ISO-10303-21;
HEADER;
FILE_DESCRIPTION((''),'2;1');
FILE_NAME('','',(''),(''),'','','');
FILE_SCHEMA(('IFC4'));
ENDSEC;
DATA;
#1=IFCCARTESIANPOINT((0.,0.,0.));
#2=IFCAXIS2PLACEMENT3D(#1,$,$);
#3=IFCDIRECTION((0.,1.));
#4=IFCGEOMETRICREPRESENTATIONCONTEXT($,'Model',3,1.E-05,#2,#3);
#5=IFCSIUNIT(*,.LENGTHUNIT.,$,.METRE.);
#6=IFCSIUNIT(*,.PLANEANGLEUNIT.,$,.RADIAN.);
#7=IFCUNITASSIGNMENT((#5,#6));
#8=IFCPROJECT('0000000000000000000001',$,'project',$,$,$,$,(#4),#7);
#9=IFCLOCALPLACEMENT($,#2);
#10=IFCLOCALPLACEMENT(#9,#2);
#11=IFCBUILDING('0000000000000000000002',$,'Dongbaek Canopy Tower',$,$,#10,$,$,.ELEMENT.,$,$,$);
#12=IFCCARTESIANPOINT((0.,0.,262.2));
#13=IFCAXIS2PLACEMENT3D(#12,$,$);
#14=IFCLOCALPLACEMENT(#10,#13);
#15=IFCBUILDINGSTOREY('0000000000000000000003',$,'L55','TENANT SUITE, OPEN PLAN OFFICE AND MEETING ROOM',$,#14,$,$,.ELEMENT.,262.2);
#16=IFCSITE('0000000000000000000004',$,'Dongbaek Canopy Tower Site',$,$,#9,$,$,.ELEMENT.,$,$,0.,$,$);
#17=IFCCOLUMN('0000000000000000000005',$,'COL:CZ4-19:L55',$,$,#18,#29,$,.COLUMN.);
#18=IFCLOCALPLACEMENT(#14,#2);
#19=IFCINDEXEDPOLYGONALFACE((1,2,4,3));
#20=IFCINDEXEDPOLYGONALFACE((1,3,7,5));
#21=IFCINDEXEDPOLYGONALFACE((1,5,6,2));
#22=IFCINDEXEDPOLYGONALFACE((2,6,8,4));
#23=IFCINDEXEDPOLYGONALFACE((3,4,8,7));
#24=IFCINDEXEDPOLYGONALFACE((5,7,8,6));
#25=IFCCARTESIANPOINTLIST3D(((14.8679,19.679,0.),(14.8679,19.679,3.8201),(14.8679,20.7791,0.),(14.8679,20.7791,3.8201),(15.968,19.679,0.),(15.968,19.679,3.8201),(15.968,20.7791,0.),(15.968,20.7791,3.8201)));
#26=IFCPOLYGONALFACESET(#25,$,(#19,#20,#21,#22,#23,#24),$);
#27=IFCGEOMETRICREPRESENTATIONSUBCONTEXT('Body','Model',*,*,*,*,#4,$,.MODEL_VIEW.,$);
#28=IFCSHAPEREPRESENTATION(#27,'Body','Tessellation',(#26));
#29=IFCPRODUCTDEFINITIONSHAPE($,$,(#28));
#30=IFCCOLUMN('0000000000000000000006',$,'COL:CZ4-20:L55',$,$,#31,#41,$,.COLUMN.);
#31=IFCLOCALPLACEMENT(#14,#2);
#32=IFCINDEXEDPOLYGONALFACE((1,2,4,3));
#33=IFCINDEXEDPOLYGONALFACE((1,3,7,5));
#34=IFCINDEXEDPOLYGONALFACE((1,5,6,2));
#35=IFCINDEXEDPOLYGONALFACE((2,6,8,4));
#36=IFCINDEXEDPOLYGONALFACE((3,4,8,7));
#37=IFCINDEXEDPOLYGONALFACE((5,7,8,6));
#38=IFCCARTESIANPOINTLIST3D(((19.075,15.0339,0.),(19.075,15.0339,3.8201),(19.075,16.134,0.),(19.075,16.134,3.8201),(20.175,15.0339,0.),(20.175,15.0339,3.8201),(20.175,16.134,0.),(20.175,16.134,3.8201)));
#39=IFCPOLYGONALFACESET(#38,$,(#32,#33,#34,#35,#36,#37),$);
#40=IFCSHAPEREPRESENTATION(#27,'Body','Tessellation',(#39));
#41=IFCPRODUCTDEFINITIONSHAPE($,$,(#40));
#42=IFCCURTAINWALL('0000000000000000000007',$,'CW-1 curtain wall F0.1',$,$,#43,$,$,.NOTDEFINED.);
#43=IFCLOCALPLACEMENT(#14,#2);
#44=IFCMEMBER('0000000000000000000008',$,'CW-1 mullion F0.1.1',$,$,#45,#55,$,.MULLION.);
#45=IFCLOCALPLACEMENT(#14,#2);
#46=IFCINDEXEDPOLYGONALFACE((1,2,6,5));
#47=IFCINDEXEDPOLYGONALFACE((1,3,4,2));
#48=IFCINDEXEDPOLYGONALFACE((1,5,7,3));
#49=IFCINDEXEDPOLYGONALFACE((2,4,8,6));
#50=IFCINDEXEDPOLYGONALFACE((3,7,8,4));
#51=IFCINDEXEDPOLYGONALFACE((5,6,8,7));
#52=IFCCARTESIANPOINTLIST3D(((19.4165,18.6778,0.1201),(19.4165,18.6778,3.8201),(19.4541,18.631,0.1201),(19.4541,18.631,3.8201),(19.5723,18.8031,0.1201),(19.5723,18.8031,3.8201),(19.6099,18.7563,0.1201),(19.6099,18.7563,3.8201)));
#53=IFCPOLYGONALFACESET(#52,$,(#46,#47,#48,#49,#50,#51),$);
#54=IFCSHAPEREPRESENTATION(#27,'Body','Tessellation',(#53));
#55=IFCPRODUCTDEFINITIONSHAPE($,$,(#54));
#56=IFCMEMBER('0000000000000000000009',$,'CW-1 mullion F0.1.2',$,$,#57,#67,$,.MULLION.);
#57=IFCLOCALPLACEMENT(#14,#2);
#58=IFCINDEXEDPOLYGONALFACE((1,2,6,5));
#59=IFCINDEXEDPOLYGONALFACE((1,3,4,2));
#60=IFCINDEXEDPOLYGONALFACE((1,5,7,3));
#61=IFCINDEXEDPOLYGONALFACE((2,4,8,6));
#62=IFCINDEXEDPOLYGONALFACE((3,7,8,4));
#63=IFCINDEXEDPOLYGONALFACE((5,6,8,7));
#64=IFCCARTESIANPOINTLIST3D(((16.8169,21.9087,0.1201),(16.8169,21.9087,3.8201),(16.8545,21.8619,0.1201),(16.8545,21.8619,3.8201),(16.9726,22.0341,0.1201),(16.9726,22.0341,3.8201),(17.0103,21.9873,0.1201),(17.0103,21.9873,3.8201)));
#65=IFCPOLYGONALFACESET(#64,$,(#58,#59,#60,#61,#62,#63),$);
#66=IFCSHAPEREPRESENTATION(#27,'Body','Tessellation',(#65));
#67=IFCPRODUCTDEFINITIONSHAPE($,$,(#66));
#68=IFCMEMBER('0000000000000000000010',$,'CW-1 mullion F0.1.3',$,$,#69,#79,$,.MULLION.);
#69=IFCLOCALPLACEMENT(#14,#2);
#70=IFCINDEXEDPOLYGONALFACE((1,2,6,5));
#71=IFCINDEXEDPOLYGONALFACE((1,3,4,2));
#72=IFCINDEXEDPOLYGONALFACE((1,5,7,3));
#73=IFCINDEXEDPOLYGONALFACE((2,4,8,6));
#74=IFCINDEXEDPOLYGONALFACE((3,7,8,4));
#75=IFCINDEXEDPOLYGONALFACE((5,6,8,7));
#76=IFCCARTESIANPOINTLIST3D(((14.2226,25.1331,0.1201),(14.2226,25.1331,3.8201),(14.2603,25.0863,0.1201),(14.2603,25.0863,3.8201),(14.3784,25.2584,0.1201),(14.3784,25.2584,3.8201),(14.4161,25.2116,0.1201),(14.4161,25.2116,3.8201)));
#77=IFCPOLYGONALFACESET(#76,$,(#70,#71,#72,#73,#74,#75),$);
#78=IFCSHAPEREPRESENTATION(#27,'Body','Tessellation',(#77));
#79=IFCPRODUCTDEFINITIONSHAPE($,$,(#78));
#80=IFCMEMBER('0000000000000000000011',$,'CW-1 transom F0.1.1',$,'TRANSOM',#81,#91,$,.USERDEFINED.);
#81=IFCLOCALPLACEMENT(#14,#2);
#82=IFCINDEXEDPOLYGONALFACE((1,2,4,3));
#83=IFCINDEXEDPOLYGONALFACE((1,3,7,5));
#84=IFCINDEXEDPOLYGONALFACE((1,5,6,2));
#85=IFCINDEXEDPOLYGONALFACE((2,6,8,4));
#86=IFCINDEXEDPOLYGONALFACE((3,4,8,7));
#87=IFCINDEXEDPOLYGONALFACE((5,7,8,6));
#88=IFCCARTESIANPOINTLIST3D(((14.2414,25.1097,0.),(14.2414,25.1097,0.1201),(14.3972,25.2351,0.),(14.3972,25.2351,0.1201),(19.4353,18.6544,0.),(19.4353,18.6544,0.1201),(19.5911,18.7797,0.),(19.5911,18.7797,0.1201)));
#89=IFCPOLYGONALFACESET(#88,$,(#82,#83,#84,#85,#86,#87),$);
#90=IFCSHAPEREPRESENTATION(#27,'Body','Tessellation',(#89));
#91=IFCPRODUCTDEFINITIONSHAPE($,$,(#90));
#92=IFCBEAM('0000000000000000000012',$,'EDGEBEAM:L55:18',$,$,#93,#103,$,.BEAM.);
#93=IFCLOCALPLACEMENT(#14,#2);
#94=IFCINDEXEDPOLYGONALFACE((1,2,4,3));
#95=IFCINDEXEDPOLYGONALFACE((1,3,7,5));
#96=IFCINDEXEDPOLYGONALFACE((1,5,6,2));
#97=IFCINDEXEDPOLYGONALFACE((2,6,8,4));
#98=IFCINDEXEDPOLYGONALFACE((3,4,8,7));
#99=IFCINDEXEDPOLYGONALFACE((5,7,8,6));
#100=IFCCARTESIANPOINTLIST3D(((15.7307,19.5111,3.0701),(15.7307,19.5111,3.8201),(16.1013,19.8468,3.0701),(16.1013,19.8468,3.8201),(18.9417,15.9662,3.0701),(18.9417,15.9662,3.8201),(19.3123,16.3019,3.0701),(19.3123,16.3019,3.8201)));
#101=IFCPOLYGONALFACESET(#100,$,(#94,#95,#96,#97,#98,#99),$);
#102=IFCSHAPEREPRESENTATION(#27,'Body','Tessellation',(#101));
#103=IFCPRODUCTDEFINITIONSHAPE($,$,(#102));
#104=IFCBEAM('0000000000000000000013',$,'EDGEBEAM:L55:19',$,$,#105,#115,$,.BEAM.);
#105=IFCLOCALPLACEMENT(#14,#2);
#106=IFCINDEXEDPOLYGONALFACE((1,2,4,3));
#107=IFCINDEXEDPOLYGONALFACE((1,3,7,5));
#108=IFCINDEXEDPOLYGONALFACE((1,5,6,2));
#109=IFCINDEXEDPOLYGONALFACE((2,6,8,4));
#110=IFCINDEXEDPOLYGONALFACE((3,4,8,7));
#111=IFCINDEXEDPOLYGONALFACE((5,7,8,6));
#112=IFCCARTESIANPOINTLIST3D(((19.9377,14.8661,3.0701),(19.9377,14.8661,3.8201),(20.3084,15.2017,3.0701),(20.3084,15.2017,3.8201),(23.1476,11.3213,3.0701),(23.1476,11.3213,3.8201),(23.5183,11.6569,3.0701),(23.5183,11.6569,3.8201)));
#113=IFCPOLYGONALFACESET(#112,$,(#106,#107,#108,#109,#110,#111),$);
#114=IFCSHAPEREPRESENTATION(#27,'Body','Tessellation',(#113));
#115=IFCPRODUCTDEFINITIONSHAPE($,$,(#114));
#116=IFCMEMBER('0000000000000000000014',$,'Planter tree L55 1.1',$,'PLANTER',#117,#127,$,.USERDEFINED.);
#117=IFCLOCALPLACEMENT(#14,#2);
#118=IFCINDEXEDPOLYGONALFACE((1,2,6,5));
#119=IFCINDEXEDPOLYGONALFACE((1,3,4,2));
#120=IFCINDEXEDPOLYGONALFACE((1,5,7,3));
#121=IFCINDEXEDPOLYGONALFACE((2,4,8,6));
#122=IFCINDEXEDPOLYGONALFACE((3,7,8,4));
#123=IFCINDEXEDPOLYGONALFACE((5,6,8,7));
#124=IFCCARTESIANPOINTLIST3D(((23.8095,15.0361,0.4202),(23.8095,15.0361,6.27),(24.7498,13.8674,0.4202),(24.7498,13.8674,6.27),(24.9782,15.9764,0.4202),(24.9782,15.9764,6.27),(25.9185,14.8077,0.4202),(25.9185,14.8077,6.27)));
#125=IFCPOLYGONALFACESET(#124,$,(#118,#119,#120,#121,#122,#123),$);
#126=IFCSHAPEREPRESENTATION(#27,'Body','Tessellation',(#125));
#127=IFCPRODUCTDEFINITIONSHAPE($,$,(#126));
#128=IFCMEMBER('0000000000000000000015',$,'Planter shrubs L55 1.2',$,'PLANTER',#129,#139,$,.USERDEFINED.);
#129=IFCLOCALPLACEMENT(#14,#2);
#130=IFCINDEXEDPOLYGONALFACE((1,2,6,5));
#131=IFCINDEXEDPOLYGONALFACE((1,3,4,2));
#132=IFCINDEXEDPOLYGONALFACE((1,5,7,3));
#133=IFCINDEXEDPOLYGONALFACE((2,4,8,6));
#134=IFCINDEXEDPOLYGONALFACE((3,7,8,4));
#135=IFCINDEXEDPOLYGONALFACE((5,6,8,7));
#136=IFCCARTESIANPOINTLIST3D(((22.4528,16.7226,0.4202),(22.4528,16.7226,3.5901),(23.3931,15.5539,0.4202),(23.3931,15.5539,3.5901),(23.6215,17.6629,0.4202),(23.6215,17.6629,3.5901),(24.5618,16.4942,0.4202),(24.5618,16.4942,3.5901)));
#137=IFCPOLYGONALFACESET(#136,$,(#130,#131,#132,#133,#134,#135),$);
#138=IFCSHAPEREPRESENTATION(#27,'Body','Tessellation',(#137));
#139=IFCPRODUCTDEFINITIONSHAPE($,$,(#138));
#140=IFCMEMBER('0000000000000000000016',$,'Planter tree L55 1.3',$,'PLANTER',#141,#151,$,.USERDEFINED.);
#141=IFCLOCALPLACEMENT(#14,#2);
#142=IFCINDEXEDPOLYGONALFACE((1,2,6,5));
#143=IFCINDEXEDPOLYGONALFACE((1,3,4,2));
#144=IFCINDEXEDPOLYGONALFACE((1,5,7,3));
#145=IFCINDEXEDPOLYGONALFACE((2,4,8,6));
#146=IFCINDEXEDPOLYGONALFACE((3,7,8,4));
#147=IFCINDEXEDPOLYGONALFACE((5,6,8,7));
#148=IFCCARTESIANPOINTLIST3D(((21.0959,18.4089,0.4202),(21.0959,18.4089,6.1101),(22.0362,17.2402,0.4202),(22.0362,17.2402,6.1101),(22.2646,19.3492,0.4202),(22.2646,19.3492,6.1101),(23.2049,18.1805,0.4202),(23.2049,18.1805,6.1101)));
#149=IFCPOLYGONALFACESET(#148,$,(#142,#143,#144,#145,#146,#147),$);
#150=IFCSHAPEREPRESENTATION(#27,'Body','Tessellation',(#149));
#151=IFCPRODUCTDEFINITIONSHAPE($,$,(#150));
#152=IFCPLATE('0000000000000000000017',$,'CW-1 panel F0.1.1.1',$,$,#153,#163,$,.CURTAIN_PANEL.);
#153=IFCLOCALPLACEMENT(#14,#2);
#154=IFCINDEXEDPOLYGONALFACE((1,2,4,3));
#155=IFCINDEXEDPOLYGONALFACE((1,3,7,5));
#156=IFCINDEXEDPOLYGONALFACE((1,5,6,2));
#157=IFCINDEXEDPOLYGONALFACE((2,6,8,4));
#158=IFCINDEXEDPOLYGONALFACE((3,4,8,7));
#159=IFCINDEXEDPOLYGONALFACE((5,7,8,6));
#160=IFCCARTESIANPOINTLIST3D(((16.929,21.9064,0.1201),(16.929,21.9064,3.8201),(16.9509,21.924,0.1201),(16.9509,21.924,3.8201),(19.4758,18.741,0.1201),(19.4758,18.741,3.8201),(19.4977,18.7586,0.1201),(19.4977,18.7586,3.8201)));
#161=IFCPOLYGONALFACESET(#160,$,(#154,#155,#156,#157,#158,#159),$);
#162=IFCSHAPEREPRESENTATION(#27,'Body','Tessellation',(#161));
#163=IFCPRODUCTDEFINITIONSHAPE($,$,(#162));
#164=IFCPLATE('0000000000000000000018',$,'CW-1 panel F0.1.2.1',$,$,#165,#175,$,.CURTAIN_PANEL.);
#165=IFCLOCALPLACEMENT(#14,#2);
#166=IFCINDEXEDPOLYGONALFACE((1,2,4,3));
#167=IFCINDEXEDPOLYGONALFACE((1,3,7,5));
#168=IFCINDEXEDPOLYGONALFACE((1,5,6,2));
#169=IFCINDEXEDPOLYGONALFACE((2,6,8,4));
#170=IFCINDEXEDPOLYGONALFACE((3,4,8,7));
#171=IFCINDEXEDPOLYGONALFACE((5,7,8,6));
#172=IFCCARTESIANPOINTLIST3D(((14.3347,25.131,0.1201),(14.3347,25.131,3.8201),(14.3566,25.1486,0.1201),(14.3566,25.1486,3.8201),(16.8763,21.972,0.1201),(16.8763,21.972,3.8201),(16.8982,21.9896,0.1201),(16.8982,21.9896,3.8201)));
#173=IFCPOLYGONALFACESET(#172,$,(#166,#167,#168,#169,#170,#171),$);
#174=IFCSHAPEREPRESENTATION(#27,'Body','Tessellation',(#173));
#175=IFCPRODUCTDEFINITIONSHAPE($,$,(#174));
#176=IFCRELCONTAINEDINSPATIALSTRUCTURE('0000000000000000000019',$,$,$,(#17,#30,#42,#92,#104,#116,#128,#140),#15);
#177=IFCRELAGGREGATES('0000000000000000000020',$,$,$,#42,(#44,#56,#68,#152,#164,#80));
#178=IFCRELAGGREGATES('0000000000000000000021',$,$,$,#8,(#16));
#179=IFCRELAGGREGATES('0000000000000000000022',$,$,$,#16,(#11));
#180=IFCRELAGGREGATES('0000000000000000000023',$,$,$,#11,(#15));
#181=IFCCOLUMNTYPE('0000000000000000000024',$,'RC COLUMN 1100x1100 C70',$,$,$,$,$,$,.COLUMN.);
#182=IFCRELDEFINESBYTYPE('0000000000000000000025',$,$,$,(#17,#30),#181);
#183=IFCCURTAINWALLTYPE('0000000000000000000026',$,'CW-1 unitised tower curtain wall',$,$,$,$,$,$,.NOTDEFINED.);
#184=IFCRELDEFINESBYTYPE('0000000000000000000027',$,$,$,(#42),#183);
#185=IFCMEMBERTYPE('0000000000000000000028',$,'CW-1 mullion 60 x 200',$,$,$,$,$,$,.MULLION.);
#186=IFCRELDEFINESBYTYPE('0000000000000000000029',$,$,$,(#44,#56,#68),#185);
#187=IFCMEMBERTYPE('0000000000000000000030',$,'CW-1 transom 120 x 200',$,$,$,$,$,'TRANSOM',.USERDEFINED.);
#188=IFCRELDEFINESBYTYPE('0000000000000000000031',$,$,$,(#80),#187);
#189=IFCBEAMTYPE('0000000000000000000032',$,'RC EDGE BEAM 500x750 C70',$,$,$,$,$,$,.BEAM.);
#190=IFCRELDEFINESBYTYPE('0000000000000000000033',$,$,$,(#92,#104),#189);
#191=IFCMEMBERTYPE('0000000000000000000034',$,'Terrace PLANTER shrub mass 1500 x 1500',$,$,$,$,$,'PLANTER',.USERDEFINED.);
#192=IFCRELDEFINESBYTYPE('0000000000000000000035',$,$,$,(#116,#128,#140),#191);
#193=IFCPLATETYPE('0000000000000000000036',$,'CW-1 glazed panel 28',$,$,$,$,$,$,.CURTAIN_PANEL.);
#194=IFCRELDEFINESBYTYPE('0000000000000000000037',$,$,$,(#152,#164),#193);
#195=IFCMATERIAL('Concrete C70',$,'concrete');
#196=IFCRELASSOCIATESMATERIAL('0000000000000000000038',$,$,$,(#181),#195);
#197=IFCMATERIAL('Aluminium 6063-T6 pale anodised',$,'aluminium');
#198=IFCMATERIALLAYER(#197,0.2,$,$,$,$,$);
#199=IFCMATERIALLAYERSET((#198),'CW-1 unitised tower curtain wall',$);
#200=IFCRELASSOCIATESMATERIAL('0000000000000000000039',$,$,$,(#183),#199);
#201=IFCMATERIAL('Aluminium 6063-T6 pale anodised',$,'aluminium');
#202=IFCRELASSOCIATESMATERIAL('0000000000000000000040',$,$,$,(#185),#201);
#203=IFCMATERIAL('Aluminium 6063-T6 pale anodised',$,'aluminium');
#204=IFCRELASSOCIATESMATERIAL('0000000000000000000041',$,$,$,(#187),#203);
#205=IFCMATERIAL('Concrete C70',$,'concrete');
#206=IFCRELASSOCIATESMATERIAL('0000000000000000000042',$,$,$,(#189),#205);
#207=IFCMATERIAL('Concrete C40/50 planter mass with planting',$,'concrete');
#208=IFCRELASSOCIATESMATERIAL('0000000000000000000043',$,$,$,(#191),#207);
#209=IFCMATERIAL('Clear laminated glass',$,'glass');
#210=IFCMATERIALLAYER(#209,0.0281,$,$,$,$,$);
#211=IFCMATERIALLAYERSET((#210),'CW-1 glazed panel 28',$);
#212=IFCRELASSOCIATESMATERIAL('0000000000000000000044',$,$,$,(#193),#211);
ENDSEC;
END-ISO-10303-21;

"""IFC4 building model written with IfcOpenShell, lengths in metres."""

from ifc_helpers import new_model, si_unit, direction, frame, origin, origin_2d, place, context, subcontext, project, spatial, rectangle, extrude, material, layer, layer_set, material_profile, profile_set, type_object, element, aggregate, save


model = new_model("IFC4")

# Units and contexts
model_context = context("Model", 3, precision=1e-05, world=origin(), true_north=direction((0.0, 1.0)))
body_context = subcontext(model_context, "Body", "Model", "MODEL_VIEW")
ifc_project = project(units=[si_unit("LENGTHUNIT", "METRE"), si_unit("PLANEANGLEUNIT", "RADIAN")], contexts=[model_context])

# Site, building, storey
site_placement = place(None, origin())
site = spatial("IfcSite", under=ifc_project, at=site_placement, Name="Dongbaek Canopy Tower Site", CompositionType="ELEMENT", RefElevation=0.0)
building_placement = place(site_placement, origin())
building = spatial("IfcBuilding", under=site, at=building_placement, Name="Dongbaek Canopy Tower", CompositionType="ELEMENT")
storey_placement = place(building_placement, frame((0.0, 0.0, 262.2)))
storey = spatial("IfcBuildingStorey", under=building, at=storey_placement, Name="L55", Description="TENANT SUITE, OPEN PLAN OFFICE AND MEETING ROOM", CompositionType="ELEMENT", Elevation=262.2)

# Columns
ifc_material_1 = material(Name="Concrete C70", Category="concrete")
ifc_material_profile_1 = material_profile(ifc_material_1, rectangle(XDim=1.1001, YDim=1.1001, at=origin_2d()), Name="RC COLUMN 1100x1100 C70")
ifc_profile_set_1 = profile_set([ifc_material_profile_1], Name="Concrete C70")
column_type = type_object("IfcColumnType", Name="RC COLUMN 1100x1100 C70", PredefinedType="COLUMN", material=ifc_profile_set_1)
for number, where, z_axis, x_axis, name in (
    (1, (15.418, 20.229, 0.0), (0.0, 0.0, 1.0), (1.0, 0.0, 0.0), "COL:CZ4-19:L55"),
    (2, (19.625, 15.584, 0.0), (0.0, 0.0, 1.0), (1.0, 0.0, 0.0), "COL:CZ4-20:L55"),
):
    element("IfcColumn", number, at=place(storey_placement, frame(where, z_axis=z_axis, x_axis=x_axis)), inside=storey, type_object=column_type, Name=name, PredefinedType="COLUMN", context=body_context, shape_type="SweptSolid", body=[
        extrude(rectangle(XDim=1.1001, YDim=1.1001, at=origin_2d()), origin(), (0.0, 0.0, 1.0), 3.8201),
    ])

# Curtain wall, members
ifc_material_2 = material(Name="Aluminium 6063-T6 pale anodised", Category="aluminium")
ifc_layer_1 = layer(ifc_material_2, 0.2)
ifc_layer_set_1 = layer_set([ifc_layer_1], Name="CW-1 unitised tower curtain wall")
curtain_wall_type = type_object("IfcCurtainWallType", Name="CW-1 unitised tower curtain wall", PredefinedType="NOTDEFINED", material=ifc_layer_set_1)
curtain_wall_placement = place(storey_placement, origin())
curtain_wall = element("IfcCurtainWall", 3, at=curtain_wall_placement, inside=storey, type_object=curtain_wall_type, Name="CW-1 curtain wall F0.1", PredefinedType="NOTDEFINED")
ifc_material_3 = material(Name="Aluminium 6063-T6 pale anodised", Category="aluminium")
ifc_material_profile_2 = material_profile(ifc_material_3, rectangle(XDim=0.2, YDim=0.0601, at=origin_2d()), Name="CW-1 mullion 60 x 200")
ifc_profile_set_2 = profile_set([ifc_material_profile_2], Name="Aluminium 6063-T6 pale anodised")
member_type_1 = type_object("IfcMemberType", Name="CW-1 mullion 60 x 200", PredefinedType="MULLION", material=ifc_profile_set_2)
member_1_placement = place(storey_placement, frame((19.5132, 18.717, 0.1201), z_axis=(0.0, 0.0, 1.0), x_axis=(0.779126, 0.626867, 0.0)))
member_1 = element("IfcMember", 4, at=member_1_placement, type_object=member_type_1, Name="CW-1 mullion F0.1.1", PredefinedType="MULLION", context=body_context, shape_type="SweptSolid", body=[
    extrude(rectangle(XDim=0.2, YDim=0.0601, at=origin_2d()), origin(), (0.0, 0.0, 1.0), 3.7),
])
member_2_placement = place(storey_placement, frame((16.9136, 21.948, 0.1201), z_axis=(0.0, 0.0, 1.0), x_axis=(0.779126, 0.626867, 0.0)))
member_2 = element("IfcMember", 5, at=member_2_placement, type_object=member_type_1, Name="CW-1 mullion F0.1.2", PredefinedType="MULLION", context=body_context, shape_type="SweptSolid", body=[
    extrude(rectangle(XDim=0.2, YDim=0.0601, at=origin_2d()), origin(), (0.0, 0.0, 1.0), 3.7),
])
member_3_placement = place(storey_placement, frame((14.3193, 25.1724, 0.1201), z_axis=(0.0, 0.0, 1.0), x_axis=(0.779126, 0.626867, 0.0)))
member_3 = element("IfcMember", 6, at=member_3_placement, type_object=member_type_1, Name="CW-1 mullion F0.1.3", PredefinedType="MULLION", context=body_context, shape_type="SweptSolid", body=[
    extrude(rectangle(XDim=0.2, YDim=0.0601, at=origin_2d()), origin(), (0.0, 0.0, 1.0), 3.7),
])
ifc_material_4 = material(Name="Aluminium 6063-T6 pale anodised", Category="aluminium")
ifc_material_profile_3 = material_profile(ifc_material_4, rectangle(XDim=0.2, YDim=0.1201, at=origin_2d()), Name="CW-1 transom 120 x 200")
ifc_profile_set_3 = profile_set([ifc_material_profile_3], Name="Aluminium 6063-T6 pale anodised")
member_type_2 = type_object("IfcMemberType", Name="CW-1 transom 120 x 200", ElementType="TRANSOM", PredefinedType="USERDEFINED", material=ifc_profile_set_3)
member_4_placement = place(storey_placement, frame((19.5132, 18.717, 0.0601), z_axis=(-0.62687, 0.779124, 0.0), x_axis=(-0.779124, -0.62687, 0.0)))
member_4 = element("IfcMember", 7, at=member_4_placement, type_object=member_type_2, Name="CW-1 transom F0.1.1", ObjectType="TRANSOM", PredefinedType="USERDEFINED", context=body_context, shape_type="SweptSolid", body=[
    extrude(rectangle(XDim=0.2, YDim=0.1201, at=origin_2d()), origin(), (0.0, 0.0, 1.0), 8.2854),
])

# Beams
ifc_material_5 = material(Name="Concrete C70", Category="concrete")
ifc_material_profile_4 = material_profile(ifc_material_5, rectangle(XDim=0.5, YDim=0.75, at=origin_2d()), Name="RC EDGE BEAM 500x750 C70")
ifc_profile_set_4 = profile_set([ifc_material_profile_4], Name="Concrete C70")
beam_type = type_object("IfcBeamType", Name="RC EDGE BEAM 500x750 C70", PredefinedType="BEAM", material=ifc_profile_set_4)
beam_1_placement = place(storey_placement, frame((15.916, 19.679, 3.4451), z_axis=(0.67133, -0.741158, 0.0), x_axis=(0.741158, 0.67133, 0.0)))
element("IfcBeam", 8, at=beam_1_placement, inside=storey, type_object=beam_type, Name="EDGEBEAM:L55:18", PredefinedType="BEAM", context=body_context, shape_type="SweptSolid", body=[
    extrude(rectangle(XDim=0.5, YDim=0.75, at=origin_2d()), origin(), (0.0, 0.0, 1.0), 4.783),
])
beam_2_placement = place(storey_placement, frame((20.123, 15.0339, 3.4451), z_axis=(0.671218, -0.74126, 0.0), x_axis=(0.74126, 0.671218, 0.0)))
element("IfcBeam", 9, at=beam_2_placement, inside=storey, type_object=beam_type, Name="EDGEBEAM:L55:19", PredefinedType="BEAM", context=body_context, shape_type="SweptSolid", body=[
    extrude(rectangle(XDim=0.5, YDim=0.75, at=origin_2d()), origin(), (0.0, 0.0, 1.0), 4.7822),
])

# Members
ifc_material_6 = material(Name="Concrete C40/50 planter mass with planting", Category="concrete")
ifc_material_profile_5 = material_profile(ifc_material_6, rectangle(XDim=1.5, YDim=1.5, at=origin_2d()), Name="Terrace PLANTER shrub mass 1500 x 1500")
ifc_profile_set_5 = profile_set([ifc_material_profile_5], Name="Concrete C40/50 planter mass with planting")
member_type_3 = type_object("IfcMemberType", Name="Terrace PLANTER shrub mass 1500 x 1500", ElementType="PLANTER", PredefinedType="USERDEFINED", material=ifc_profile_set_5)
member_5_placement = place(storey_placement, frame((24.864, 14.9219, 0.4202), z_axis=(0.0, 0.0, 1.0), x_axis=(0.779126, 0.626867, 0.0)))
element("IfcMember", 10, at=member_5_placement, inside=storey, type_object=member_type_3, Name="Planter tree L55 1.1", ObjectType="PLANTER", PredefinedType="USERDEFINED", context=body_context, shape_type="SweptSolid", body=[
    extrude(rectangle(XDim=1.5, YDim=1.5, at=origin_2d()), origin(), (0.0, 0.0, 1.0), 5.8499),
])
member_6_placement = place(storey_placement, frame((23.5073, 16.6084, 0.4202), z_axis=(0.0, 0.0, 1.0), x_axis=(0.779126, 0.626867, 0.0)))
element("IfcMember", 11, at=member_6_placement, inside=storey, type_object=member_type_3, Name="Planter shrubs L55 1.2", ObjectType="PLANTER", PredefinedType="USERDEFINED", context=body_context, shape_type="SweptSolid", body=[
    extrude(rectangle(XDim=1.5, YDim=1.5, at=origin_2d()), origin(), (0.0, 0.0, 1.0), 3.1699),
])
member_7_placement = place(storey_placement, frame((22.1504, 18.2947, 0.4202), z_axis=(0.0, 0.0, 1.0), x_axis=(0.779126, 0.626867, 0.0)))
element("IfcMember", 12, at=member_7_placement, inside=storey, type_object=member_type_3, Name="Planter tree L55 1.3", ObjectType="PLANTER", PredefinedType="USERDEFINED", context=body_context, shape_type="SweptSolid", body=[
    extrude(rectangle(XDim=1.5, YDim=1.5, at=origin_2d()), origin(), (0.0, 0.0, 1.0), 5.6899),
])

# Plates
ifc_material_7 = material(Name="Clear laminated glass", Category="glass")
ifc_layer_2 = layer(ifc_material_7, 0.0281)
ifc_layer_set_2 = layer_set([ifc_layer_2], Name="CW-1 glazed panel 28")
plate_type = type_object("IfcPlateType", Name="CW-1 glazed panel 28", PredefinedType="CURTAIN_PANEL", material=ifc_layer_set_2)
plate_1_placement = place(storey_placement, frame((18.2134, 20.3325, 0.1201), z_axis=(0.0, 0.0, 1.0), x_axis=(-0.626867, 0.779126, 0.0)))
plate_1 = element("IfcPlate", 13, at=plate_1_placement, type_object=plate_type, Name="CW-1 panel F0.1.1.1", PredefinedType="CURTAIN_PANEL", context=body_context, shape_type="SweptSolid", body=[
    extrude(rectangle(XDim=4.0627, YDim=0.0281, at=origin_2d()), origin(), (0.0, 0.0, 1.0), 3.7),
])
plate_2_placement = place(storey_placement, frame((15.6165, 23.5603, 0.1201), z_axis=(0.0, 0.0, 1.0), x_axis=(-0.626867, 0.779126, 0.0)))
plate_2 = element("IfcPlate", 14, at=plate_2_placement, type_object=plate_type, Name="CW-1 panel F0.1.2.1", PredefinedType="CURTAIN_PANEL", context=body_context, shape_type="SweptSolid", body=[
    extrude(rectangle(XDim=4.0544, YDim=0.0281, at=origin_2d()), origin(), (0.0, 0.0, 1.0), 3.7),
])

aggregate(curtain_wall, [member_1, member_2, member_3, plate_1, plate_2, member_4])

save(model, "model.ifc")
